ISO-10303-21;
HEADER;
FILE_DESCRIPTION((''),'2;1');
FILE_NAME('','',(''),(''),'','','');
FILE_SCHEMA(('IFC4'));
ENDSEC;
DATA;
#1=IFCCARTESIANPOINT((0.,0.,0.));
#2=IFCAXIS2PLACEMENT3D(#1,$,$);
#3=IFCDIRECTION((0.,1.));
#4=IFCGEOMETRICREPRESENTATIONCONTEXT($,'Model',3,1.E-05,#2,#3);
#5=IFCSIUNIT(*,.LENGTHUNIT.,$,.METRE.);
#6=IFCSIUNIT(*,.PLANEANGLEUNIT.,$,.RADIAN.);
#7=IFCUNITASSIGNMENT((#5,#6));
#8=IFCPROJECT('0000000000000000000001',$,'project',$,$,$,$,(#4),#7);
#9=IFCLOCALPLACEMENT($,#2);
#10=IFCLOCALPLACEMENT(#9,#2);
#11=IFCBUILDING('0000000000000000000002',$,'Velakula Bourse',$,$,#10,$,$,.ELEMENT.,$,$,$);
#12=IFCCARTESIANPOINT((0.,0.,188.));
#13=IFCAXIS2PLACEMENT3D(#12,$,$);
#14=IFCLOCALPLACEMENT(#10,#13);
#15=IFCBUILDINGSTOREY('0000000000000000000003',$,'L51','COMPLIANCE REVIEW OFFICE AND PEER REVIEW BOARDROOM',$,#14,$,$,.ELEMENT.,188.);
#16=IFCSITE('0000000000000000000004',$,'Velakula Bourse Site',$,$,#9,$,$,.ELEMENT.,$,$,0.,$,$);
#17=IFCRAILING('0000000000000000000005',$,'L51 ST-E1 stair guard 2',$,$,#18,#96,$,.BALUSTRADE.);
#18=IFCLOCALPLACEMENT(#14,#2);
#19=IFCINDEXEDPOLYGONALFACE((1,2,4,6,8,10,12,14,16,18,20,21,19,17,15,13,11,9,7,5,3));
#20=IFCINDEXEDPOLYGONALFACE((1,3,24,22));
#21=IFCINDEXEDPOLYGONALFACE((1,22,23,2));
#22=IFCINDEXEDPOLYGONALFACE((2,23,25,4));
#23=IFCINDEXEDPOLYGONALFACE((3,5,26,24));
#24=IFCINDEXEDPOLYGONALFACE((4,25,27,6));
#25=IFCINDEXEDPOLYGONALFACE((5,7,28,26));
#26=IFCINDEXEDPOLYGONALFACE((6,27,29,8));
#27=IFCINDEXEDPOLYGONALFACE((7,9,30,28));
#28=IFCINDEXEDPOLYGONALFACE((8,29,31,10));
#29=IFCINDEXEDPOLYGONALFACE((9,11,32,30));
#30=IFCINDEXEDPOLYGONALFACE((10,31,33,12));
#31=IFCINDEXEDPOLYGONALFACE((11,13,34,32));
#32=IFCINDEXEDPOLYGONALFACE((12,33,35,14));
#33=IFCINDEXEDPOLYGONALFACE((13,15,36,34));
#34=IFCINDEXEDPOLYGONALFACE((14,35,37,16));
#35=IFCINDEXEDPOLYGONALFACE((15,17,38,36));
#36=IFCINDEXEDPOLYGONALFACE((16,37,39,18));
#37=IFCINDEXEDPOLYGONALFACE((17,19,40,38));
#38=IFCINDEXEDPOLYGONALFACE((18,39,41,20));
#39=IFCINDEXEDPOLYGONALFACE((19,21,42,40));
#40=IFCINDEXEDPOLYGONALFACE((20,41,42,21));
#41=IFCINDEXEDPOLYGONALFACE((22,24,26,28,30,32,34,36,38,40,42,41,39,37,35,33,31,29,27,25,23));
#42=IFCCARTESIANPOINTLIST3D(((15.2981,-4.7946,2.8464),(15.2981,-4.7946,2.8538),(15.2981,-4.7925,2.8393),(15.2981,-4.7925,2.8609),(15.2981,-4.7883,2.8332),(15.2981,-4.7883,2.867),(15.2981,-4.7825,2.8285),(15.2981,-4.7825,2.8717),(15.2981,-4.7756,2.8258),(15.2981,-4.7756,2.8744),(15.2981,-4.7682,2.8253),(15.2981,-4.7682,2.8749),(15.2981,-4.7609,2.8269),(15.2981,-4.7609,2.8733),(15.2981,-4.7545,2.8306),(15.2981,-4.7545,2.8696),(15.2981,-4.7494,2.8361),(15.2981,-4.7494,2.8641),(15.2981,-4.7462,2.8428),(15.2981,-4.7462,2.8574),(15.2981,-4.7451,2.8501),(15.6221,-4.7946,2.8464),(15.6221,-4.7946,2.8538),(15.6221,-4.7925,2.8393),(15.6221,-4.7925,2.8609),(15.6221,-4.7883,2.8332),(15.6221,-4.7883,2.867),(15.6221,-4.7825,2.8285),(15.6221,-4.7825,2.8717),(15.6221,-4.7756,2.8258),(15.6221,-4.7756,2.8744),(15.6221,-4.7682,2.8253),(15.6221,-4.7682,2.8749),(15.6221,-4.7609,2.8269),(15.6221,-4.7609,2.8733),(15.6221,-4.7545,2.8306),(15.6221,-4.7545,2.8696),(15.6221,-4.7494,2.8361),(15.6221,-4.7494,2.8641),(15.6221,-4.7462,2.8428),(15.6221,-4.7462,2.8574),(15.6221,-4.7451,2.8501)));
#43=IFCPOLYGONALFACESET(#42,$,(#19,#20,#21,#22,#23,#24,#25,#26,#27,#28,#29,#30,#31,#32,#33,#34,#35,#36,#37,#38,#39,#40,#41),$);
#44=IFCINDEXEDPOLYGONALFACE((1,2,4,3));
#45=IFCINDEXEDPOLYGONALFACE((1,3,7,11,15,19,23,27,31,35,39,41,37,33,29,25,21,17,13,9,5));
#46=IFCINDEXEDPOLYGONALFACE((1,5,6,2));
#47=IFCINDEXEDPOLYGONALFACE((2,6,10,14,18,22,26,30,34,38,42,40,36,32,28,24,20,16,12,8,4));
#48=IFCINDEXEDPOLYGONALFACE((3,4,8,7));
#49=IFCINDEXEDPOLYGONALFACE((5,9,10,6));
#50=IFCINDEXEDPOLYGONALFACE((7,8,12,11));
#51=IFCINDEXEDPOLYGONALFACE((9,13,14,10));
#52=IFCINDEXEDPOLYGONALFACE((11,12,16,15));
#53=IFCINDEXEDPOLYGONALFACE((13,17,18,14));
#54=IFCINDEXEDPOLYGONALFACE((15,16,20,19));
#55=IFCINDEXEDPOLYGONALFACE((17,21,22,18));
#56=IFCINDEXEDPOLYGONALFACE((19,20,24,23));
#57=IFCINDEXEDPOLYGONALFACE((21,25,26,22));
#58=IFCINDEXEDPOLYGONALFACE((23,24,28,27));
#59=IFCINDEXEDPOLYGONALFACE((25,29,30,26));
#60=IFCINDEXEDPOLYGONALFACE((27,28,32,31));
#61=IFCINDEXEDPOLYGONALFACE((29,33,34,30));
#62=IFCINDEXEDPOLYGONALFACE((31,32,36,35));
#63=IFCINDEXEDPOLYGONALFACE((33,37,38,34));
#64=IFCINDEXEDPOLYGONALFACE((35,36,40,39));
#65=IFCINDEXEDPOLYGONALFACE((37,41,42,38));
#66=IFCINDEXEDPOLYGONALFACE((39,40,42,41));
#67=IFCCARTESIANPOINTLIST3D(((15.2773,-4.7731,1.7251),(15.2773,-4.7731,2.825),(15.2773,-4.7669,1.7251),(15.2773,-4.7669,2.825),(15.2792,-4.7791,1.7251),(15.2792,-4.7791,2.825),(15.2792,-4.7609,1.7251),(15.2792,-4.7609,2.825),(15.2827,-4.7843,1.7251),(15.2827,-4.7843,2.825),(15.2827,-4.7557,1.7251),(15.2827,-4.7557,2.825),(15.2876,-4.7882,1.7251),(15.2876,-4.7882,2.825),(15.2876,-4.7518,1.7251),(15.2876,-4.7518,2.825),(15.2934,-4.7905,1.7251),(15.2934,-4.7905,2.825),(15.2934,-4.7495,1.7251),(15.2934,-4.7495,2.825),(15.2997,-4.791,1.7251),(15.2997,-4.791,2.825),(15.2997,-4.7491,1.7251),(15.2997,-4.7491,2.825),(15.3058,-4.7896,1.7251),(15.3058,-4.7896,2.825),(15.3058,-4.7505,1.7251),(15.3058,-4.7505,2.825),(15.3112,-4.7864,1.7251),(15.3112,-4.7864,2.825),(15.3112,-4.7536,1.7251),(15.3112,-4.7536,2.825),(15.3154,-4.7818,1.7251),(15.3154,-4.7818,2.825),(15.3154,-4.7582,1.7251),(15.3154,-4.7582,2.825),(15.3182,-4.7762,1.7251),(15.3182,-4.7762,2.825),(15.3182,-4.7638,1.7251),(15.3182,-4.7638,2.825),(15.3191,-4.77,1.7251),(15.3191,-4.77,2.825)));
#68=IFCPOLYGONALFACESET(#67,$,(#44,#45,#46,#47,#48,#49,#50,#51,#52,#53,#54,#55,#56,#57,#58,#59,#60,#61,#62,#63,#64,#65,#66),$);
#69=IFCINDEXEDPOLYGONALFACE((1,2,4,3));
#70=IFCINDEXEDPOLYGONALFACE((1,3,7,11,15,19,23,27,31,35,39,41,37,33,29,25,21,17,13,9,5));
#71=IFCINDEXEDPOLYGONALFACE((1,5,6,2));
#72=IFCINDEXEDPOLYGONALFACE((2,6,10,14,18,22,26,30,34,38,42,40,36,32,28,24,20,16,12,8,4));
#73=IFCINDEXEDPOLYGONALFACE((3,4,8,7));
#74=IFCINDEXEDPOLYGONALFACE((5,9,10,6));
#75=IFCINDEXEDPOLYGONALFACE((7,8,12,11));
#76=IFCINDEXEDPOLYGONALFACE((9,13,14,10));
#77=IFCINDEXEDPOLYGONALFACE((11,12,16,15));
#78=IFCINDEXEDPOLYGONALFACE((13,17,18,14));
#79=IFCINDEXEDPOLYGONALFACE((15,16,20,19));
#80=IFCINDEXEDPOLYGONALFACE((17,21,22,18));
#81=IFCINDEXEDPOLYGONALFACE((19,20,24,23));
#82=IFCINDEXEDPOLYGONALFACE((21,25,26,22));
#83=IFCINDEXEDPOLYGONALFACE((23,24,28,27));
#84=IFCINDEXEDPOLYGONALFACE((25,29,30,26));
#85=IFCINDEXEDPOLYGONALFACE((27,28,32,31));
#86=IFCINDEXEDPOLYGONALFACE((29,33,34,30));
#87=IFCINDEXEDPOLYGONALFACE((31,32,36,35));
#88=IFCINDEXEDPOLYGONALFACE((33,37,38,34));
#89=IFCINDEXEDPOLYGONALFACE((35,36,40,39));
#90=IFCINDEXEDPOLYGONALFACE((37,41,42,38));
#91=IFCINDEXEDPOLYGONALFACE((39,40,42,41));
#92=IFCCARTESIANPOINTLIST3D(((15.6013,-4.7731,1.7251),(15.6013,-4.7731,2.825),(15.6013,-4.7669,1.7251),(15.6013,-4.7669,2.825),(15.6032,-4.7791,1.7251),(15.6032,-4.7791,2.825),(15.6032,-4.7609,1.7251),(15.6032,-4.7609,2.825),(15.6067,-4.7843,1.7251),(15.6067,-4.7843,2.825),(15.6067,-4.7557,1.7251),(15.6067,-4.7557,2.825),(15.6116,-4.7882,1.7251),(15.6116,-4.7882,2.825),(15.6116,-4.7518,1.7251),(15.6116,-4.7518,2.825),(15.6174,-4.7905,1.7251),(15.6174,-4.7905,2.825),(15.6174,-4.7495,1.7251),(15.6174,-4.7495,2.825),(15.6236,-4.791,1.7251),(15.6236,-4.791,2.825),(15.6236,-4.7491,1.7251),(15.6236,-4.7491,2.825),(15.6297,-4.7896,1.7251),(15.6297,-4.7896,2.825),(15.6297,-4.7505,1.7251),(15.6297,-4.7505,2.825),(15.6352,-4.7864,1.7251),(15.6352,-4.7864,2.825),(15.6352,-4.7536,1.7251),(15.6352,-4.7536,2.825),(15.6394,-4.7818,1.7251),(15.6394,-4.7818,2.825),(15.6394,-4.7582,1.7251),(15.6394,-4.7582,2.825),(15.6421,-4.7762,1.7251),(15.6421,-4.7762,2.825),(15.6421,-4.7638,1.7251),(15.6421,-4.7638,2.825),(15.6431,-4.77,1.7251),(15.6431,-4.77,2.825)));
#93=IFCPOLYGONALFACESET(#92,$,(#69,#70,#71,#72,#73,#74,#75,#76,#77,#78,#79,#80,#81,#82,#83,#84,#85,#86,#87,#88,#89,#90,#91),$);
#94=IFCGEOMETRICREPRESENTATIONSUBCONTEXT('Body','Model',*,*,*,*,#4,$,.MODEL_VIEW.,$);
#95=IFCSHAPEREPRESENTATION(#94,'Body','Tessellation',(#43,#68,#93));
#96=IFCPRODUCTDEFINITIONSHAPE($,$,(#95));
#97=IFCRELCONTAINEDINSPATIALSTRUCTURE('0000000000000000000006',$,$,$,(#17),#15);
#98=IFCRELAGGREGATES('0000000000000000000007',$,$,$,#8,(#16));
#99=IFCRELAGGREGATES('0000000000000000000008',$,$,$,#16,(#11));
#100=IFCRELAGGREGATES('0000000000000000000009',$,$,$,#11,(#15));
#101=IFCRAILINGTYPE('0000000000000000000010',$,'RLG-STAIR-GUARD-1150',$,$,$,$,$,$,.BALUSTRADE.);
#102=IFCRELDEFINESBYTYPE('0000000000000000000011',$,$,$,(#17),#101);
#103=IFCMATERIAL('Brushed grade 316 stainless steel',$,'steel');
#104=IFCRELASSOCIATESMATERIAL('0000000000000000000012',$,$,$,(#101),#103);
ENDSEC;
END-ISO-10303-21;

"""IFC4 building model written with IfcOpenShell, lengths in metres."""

from ifc_helpers import new_model, si_unit, direction, frame, origin, origin_2d, place, context, subcontext, project, spatial, circle, extrude, material, type_object, element, save


model = new_model("IFC4")

# Units and contexts
model_context = context("Model", 3, precision=1e-05, world=origin(), true_north=direction((0.0, 1.0)))
body_context = subcontext(model_context, "Body", "Model", "MODEL_VIEW")
ifc_project = project(units=[si_unit("LENGTHUNIT", "METRE"), si_unit("PLANEANGLEUNIT", "RADIAN")], contexts=[model_context])

# Site, building, storey
site_placement = place(None, origin())
site = spatial("IfcSite", under=ifc_project, at=site_placement, Name="Velakula Bourse Site", CompositionType="ELEMENT", RefElevation=0.0)
building_placement = place(site_placement, origin())
building = spatial("IfcBuilding", under=site, at=building_placement, Name="Velakula Bourse", CompositionType="ELEMENT")
storey_placement = place(building_placement, frame((0.0, 0.0, 188.0)))
storey = spatial("IfcBuildingStorey", under=building, at=storey_placement, Name="L51", Description="COMPLIANCE REVIEW OFFICE AND PEER REVIEW BOARDROOM", CompositionType="ELEMENT", Elevation=188.0)

# Shared definitions
ifc_material_1 = material(Name="Brushed grade 316 stainless steel", Category="steel")

# Railing
railing_type_1 = type_object("IfcRailingType", Name="RLG-STAIR-GUARD-1150", PredefinedType="BALUSTRADE", material=ifc_material_1)
railing_1_placement = place(storey_placement, frame((15.2981, -4.77, 1.7251)))
element("IfcRailing", 1, at=railing_1_placement, inside=storey, type_object=railing_type_1, Name="L51 ST-E1 stair guard 2", PredefinedType="BALUSTRADE", context=body_context, shape_type="SweptSolid", body=[
    extrude(circle(Radius=0.0249, at=origin_2d()), frame((0.0, 0.0, 1.125), z_axis=(1.0, 0.0, 0.0), x_axis=(0.0, 1.0, 0.0)), (0.0, 0.0, 1.0), 0.324),
    extrude(circle(Radius=0.021, at=origin_2d()), origin(), (0.0, 0.0, 1.0), 1.0999),
    extrude(circle(Radius=0.021, at=origin_2d()), frame((0.324, 0.0, 0.0)), (0.0, 0.0, 1.0), 1.0999),
])

save(model, "model.ifc")
